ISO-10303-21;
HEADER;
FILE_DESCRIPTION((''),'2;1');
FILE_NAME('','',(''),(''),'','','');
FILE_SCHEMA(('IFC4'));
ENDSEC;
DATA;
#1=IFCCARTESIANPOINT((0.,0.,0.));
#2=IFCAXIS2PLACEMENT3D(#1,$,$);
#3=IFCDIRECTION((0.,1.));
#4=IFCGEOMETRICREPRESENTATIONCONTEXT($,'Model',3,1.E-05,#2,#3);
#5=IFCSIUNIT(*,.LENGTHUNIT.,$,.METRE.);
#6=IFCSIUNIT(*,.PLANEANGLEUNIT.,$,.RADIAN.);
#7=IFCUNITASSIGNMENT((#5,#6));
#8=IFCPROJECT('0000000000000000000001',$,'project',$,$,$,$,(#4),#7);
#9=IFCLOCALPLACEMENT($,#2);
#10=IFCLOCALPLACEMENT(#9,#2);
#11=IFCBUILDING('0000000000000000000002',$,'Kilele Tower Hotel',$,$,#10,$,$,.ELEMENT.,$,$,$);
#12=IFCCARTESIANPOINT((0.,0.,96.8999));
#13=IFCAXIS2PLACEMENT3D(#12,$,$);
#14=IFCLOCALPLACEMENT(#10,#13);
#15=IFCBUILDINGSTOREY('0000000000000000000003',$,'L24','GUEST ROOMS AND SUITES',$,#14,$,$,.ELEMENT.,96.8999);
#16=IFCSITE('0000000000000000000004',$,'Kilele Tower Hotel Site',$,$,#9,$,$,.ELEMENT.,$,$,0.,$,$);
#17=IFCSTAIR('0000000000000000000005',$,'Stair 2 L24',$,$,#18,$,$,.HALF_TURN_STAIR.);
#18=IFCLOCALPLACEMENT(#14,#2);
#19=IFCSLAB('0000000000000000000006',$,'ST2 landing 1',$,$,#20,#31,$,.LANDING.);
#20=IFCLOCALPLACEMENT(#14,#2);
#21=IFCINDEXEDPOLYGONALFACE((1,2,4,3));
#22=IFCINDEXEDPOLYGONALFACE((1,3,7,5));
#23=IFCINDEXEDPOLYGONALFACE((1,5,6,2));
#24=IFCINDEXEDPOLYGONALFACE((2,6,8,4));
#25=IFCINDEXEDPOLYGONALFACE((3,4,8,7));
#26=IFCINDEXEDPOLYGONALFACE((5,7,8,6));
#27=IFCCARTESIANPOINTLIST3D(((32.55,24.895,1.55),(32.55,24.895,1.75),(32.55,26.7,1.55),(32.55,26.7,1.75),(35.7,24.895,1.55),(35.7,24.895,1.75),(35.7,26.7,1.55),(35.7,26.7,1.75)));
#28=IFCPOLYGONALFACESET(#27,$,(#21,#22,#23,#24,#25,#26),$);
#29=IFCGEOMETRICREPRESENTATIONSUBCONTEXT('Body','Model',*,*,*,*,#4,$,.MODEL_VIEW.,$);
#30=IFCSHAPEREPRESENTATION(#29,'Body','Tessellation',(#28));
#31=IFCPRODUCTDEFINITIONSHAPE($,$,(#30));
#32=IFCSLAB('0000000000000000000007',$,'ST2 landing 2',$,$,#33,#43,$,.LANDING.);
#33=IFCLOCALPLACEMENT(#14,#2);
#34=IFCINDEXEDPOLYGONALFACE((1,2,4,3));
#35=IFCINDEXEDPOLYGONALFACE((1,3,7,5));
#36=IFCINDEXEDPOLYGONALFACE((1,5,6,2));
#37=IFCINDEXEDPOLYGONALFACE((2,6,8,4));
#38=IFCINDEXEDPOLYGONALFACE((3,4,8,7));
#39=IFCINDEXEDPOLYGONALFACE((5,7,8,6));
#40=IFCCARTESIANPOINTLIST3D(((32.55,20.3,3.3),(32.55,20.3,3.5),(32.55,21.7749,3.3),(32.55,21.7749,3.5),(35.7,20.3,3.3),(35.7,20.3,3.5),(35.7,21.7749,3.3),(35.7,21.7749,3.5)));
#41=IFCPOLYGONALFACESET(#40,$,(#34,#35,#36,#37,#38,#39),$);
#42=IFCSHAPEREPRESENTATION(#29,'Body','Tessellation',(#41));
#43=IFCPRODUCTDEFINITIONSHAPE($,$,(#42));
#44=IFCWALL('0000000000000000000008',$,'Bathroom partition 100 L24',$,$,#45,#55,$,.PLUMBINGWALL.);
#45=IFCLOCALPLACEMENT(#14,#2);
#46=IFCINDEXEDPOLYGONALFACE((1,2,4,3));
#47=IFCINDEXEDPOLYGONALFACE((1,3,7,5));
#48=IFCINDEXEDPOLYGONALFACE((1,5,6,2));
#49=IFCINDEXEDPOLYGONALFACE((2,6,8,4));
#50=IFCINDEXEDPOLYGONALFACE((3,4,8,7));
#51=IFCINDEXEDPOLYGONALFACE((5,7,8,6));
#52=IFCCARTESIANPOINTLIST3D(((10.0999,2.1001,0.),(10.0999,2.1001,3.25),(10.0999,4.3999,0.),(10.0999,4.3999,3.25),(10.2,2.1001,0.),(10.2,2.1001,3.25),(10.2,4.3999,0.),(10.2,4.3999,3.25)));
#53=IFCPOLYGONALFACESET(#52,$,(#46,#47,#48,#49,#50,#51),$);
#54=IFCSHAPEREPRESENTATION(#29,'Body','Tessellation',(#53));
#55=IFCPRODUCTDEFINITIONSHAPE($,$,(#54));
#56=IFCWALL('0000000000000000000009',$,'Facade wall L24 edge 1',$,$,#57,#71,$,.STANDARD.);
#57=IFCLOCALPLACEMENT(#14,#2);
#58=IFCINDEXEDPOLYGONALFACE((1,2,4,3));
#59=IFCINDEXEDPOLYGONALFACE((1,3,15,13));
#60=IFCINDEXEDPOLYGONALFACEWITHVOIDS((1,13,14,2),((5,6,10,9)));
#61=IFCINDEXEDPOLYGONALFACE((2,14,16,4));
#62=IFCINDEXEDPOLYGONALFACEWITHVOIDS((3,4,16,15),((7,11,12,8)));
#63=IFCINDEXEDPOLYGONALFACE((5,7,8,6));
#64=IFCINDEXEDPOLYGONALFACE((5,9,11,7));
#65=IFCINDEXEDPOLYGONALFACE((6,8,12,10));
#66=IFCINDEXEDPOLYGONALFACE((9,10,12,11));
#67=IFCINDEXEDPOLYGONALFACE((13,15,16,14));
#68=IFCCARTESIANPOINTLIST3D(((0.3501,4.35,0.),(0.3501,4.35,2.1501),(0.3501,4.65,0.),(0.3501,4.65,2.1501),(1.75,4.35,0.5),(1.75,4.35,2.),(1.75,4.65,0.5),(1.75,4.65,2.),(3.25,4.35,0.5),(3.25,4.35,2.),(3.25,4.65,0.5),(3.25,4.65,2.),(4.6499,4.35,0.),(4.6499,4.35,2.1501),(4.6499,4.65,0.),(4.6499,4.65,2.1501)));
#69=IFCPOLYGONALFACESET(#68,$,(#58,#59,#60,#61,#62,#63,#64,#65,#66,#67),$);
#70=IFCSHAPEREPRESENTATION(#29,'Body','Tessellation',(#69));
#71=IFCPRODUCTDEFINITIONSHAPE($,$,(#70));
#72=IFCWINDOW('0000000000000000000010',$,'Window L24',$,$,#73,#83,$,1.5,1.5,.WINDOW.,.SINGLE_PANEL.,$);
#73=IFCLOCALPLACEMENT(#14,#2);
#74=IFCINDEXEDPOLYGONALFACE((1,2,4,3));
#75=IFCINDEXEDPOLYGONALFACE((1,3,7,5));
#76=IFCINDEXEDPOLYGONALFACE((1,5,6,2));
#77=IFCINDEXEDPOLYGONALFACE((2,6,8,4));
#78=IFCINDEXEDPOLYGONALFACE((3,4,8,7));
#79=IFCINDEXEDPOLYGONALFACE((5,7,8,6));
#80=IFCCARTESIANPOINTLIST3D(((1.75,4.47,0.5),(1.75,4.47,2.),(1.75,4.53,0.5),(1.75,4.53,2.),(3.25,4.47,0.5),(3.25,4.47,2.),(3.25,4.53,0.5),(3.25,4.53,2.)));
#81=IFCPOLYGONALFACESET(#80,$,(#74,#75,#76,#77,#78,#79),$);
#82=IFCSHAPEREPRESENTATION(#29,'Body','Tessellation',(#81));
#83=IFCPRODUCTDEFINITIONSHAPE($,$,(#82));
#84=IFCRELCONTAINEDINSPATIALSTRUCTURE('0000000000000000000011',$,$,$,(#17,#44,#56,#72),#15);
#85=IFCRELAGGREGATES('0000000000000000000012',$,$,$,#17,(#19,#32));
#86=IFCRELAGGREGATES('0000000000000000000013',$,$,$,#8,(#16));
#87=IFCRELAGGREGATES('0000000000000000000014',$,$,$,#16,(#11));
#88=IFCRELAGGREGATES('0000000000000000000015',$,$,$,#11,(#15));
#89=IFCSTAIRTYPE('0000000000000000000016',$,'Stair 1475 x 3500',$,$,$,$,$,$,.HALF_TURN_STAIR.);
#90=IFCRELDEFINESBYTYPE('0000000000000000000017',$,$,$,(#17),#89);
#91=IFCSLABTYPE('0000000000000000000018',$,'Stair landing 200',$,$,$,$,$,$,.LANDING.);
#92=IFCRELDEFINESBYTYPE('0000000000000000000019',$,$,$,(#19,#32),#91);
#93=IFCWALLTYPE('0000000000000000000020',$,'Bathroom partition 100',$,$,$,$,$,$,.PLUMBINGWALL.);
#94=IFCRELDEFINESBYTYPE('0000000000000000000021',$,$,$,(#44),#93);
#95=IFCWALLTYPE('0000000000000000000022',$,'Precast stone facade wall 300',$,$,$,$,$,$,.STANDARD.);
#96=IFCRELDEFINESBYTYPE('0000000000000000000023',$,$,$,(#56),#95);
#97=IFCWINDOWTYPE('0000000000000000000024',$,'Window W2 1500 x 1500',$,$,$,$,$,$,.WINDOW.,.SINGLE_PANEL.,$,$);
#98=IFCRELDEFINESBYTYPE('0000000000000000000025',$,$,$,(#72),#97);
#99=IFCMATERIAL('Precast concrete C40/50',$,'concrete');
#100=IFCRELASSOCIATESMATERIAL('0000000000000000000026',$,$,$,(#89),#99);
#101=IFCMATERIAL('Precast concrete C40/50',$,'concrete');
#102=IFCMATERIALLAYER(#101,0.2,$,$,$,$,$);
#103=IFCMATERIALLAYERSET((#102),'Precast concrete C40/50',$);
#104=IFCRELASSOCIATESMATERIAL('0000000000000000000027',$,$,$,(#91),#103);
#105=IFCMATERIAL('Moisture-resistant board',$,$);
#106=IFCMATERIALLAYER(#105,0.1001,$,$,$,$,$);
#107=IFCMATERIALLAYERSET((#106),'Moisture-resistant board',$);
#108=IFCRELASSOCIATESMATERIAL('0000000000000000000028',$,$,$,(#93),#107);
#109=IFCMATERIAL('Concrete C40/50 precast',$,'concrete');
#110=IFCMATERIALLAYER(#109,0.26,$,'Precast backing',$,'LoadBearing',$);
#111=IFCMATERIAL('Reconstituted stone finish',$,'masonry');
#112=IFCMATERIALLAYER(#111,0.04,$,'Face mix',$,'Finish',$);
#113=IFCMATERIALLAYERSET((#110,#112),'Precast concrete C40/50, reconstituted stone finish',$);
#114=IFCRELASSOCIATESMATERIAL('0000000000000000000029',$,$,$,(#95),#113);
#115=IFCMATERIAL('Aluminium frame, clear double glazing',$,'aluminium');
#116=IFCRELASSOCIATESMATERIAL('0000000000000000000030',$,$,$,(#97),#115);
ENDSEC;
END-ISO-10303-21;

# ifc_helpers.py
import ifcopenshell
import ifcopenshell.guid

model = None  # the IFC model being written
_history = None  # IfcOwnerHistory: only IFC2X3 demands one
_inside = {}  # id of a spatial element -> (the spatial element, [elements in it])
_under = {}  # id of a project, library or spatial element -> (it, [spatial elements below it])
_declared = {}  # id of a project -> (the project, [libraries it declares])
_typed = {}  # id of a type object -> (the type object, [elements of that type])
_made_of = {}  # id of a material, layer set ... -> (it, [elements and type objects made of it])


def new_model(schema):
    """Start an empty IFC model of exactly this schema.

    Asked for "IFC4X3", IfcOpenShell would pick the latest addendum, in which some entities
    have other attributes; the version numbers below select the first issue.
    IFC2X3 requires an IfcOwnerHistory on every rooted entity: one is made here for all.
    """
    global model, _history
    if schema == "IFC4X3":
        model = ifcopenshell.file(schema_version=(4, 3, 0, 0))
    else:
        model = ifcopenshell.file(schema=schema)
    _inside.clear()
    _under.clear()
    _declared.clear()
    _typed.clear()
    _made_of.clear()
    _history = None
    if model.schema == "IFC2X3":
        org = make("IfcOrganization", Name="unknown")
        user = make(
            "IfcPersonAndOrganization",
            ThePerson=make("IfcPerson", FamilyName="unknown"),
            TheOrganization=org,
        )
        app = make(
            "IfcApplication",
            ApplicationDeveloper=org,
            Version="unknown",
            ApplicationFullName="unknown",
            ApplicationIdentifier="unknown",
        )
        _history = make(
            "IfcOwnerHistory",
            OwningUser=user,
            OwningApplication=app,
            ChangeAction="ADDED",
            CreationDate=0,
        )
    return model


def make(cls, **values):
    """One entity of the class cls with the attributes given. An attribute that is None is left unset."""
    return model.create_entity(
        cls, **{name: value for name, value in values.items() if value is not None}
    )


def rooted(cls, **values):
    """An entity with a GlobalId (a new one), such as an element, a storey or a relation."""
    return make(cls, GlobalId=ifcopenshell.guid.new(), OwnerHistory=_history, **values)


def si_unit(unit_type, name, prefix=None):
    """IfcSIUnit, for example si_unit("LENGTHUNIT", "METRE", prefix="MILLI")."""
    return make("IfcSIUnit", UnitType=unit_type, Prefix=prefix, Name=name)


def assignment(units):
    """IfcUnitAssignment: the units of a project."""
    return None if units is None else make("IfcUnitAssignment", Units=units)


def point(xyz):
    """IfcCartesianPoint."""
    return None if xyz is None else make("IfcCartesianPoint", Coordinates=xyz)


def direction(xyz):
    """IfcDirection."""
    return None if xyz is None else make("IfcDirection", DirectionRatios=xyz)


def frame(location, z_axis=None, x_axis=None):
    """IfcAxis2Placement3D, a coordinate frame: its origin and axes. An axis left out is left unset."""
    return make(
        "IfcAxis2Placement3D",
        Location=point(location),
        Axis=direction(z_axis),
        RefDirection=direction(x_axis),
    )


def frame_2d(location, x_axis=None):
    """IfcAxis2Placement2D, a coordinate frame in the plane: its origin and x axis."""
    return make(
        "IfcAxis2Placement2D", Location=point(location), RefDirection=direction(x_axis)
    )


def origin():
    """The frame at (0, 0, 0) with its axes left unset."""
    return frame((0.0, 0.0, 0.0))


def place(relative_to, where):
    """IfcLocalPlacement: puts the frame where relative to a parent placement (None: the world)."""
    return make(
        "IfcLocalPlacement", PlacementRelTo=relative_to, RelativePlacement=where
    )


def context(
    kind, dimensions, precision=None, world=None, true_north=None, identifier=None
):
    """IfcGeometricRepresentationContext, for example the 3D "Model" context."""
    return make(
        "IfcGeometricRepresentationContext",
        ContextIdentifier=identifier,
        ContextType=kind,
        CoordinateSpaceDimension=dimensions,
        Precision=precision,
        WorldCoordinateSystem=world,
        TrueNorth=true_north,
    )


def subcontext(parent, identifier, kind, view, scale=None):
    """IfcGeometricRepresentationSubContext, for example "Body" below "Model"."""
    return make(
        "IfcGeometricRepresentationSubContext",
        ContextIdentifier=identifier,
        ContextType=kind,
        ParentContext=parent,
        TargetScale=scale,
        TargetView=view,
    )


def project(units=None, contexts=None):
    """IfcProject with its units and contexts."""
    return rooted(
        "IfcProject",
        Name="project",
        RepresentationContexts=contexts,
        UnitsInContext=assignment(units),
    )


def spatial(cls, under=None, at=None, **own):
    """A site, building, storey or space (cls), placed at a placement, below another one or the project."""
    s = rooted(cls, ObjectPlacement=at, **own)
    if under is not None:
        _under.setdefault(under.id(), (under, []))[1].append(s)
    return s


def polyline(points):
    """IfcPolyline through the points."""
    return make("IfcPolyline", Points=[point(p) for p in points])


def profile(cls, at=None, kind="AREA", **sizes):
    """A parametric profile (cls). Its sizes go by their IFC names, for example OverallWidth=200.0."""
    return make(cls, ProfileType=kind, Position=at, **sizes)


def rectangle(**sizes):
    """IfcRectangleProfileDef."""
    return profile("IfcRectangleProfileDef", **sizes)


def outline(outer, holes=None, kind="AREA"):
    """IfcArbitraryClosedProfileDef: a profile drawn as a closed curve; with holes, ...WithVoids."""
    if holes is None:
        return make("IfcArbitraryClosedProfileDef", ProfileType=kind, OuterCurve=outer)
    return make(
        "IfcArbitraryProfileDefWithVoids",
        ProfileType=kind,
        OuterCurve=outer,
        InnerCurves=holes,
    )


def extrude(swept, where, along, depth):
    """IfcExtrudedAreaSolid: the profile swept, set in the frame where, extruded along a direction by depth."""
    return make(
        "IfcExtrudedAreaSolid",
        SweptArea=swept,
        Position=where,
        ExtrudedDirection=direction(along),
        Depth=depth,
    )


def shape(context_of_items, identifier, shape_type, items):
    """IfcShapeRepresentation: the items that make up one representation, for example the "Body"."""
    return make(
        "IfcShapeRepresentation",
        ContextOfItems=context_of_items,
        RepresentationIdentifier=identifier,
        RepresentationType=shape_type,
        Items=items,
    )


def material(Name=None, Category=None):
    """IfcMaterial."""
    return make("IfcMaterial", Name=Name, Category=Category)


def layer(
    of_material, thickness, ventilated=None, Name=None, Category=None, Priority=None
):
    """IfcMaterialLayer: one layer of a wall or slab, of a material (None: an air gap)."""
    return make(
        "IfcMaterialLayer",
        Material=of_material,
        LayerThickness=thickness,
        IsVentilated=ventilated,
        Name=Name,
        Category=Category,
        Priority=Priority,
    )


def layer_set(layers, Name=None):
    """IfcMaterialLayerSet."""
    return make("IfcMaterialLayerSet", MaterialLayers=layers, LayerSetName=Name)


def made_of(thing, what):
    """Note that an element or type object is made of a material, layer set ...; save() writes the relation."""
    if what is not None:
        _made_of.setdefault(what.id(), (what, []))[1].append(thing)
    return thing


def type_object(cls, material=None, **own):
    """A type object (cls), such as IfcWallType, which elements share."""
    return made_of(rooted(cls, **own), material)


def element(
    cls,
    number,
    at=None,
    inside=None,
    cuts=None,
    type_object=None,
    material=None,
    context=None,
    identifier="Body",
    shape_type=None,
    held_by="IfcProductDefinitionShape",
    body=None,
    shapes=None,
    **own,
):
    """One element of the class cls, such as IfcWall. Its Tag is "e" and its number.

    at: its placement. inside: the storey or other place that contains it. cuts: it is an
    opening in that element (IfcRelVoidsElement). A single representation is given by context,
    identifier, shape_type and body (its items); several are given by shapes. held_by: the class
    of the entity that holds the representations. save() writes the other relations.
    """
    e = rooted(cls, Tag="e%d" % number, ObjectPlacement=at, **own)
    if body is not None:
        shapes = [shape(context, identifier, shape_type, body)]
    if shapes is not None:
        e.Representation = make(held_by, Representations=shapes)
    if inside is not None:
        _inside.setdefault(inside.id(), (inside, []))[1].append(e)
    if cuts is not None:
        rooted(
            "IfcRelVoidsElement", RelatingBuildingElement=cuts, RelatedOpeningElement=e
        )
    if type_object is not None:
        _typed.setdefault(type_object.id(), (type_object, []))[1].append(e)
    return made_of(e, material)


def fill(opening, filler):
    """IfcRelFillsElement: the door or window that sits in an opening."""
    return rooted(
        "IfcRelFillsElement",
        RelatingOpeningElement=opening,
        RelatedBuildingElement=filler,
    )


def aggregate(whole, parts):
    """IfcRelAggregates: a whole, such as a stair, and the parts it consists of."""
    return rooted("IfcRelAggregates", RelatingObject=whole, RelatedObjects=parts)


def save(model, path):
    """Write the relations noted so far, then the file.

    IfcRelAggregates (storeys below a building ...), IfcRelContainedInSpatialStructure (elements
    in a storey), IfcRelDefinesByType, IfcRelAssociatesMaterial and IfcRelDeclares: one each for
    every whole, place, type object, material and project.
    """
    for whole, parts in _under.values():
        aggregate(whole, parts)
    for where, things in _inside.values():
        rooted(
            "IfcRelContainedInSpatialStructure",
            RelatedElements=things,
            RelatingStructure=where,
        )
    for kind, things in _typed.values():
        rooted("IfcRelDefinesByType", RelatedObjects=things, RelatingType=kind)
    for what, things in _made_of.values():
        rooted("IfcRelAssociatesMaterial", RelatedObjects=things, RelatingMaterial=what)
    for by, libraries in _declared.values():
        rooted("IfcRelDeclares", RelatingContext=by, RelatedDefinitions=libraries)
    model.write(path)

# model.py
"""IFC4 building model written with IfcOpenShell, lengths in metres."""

from ifc_helpers import new_model, si_unit, direction, frame, frame_2d, origin, place, context, subcontext, project, spatial, polyline, rectangle, outline, extrude, material, layer, layer_set, type_object, element, fill, aggregate, save


model = new_model("IFC4")

# Units and contexts
model_context = context("Model", 3, precision=1e-05, world=origin(), true_north=direction((0.0, 1.0)))
body_context = subcontext(model_context, "Body", "Model", "MODEL_VIEW")
ifc_project = project(units=[si_unit("LENGTHUNIT", "METRE"), si_unit("PLANEANGLEUNIT", "RADIAN")], contexts=[model_context])

# Site, building, storey
site_placement = place(None, origin())
site = spatial("IfcSite", under=ifc_project, at=site_placement, Name="Kilele Tower Hotel Site", CompositionType="ELEMENT", RefElevation=0.0)
building_placement = place(site_placement, origin())
building = spatial("IfcBuilding", under=site, at=building_placement, Name="Kilele Tower Hotel", CompositionType="ELEMENT")
storey_placement = place(building_placement, frame((0.0, 0.0, 96.8999)))
storey = spatial("IfcBuildingStorey", under=building, at=storey_placement, Name="L24", Description="GUEST ROOMS AND SUITES", CompositionType="ELEMENT", Elevation=96.8999)

# Stair, slabs
ifc_material_1 = material(Name="Precast concrete C40/50", Category="concrete")
stair_type = type_object("IfcStairType", Name="Stair 1475 x 3500", PredefinedType="HALF_TURN_STAIR", material=ifc_material_1)
ifc_material_2 = material(Name="Precast concrete C40/50", Category="concrete")
ifc_layer_1 = layer(ifc_material_2, 0.2)
ifc_layer_set_1 = layer_set([ifc_layer_1], Name="Precast concrete C40/50")
slab_type_1 = type_object("IfcSlabType", Name="Stair landing 200", PredefinedType="LANDING", material=ifc_layer_set_1)
stair_1_placement = place(storey_placement, origin())
stair_1 = element("IfcStair", 1, at=stair_1_placement, inside=storey, type_object=stair_type, Name="Stair 2 L24", PredefinedType="HALF_TURN_STAIR")
slab_1_placement = place(storey_placement, frame((0.0, 0.0, 1.55)))
slab_1 = element("IfcSlab", 2, at=slab_1_placement, type_object=slab_type_1, Name="ST2 landing 1", PredefinedType="LANDING", context=body_context, shape_type="SweptSolid", body=[
    extrude(outline(polyline([(32.55, 24.895), (35.7, 24.895), (35.7, 26.7), (32.55, 26.7), (32.55, 24.895)])), origin(), (0.0, 0.0, 1.0), 0.2),
])
slab_2_placement = place(storey_placement, frame((0.0, 0.0, 3.3)))
slab_2 = element("IfcSlab", 3, at=slab_2_placement, type_object=slab_type_1, Name="ST2 landing 2", PredefinedType="LANDING", context=body_context, shape_type="SweptSolid", body=[
    extrude(outline(polyline([(32.55, 20.3), (35.7, 20.3), (35.7, 21.7749), (32.55, 21.7749), (32.55, 20.3)])), origin(), (0.0, 0.0, 1.0), 0.2),
])
aggregate(stair_1, [slab_1, slab_2])

# Wall
ifc_material_3 = material(Name="Moisture-resistant board")
ifc_layer_2 = layer(ifc_material_3, 0.1001)
ifc_layer_set_2 = layer_set([ifc_layer_2], Name="Moisture-resistant board")
wall_type_1 = type_object("IfcWallType", Name="Bathroom partition 100", PredefinedType="PLUMBINGWALL", material=ifc_layer_set_2)
wall_1_placement = place(storey_placement, frame((10.1499, 4.3999, 0.0), z_axis=(0.0, 0.0, 1.0), x_axis=(0.0, -1.0, 0.0)))
element("IfcWall", 4, at=wall_1_placement, inside=storey, type_object=wall_type_1, Name="Bathroom partition 100 L24", PredefinedType="PLUMBINGWALL", context=body_context, shape_type="SweptSolid", body=[
    extrude(rectangle(XDim=2.2998, YDim=0.1001, at=frame_2d((1.1499, 0.0))), origin(), (0.0, 0.0, 1.0), 3.25),
])

# Wall, opening, window
ifc_material_4 = material(Name="Concrete C40/50 precast", Category="concrete")
ifc_layer_3 = layer(ifc_material_4, 0.26, Name="Precast backing", Category="LoadBearing")
ifc_material_5 = material(Name="Reconstituted stone finish", Category="masonry")
ifc_layer_4 = layer(ifc_material_5, 0.04, Name="Face mix", Category="Finish")
ifc_layer_set_3 = layer_set([ifc_layer_3, ifc_layer_4], Name="Precast concrete C40/50, reconstituted stone finish")
wall_type_2 = type_object("IfcWallType", Name="Precast stone facade wall 300", PredefinedType="STANDARD", material=ifc_layer_set_3)
wall_2_placement = place(storey_placement, frame((0.3501, 4.5, 0.0), z_axis=(0.0, 0.0, 1.0), x_axis=(1.0, 0.0, 0.0)))
wall_2 = element("IfcWall", 5, at=wall_2_placement, inside=storey, type_object=wall_type_2, Name="Facade wall L24 edge 1", PredefinedType="STANDARD", context=body_context, shape_type="SweptSolid", body=[
    extrude(rectangle(XDim=4.2998, YDim=0.3, at=frame_2d((2.1499, 0.0))), origin(), (0.0, 0.0, 1.0), 2.1501),
])
opening_1_placement = place(wall_2_placement, frame((1.3999, 0.0, 0.5)))
opening_1 = element("IfcOpeningElement", 6, at=opening_1_placement, cuts=wall_2, PredefinedType="OPENING", context=body_context, shape_type="SweptSolid", body=[
    extrude(rectangle(XDim=1.5, YDim=1.5, at=frame_2d((0.75, 0.75))), frame((0.0, 0.1599, 0.0), z_axis=(0.0, -1.0, 0.0), x_axis=(1.0, 0.0, 0.0)), (0.0, 0.0, 1.0), 0.3201),
])
ifc_material_6 = material(Name="Aluminium frame, clear double glazing", Category="aluminium")
window_type = type_object("IfcWindowType", Name="Window W2 1500 x 1500", PartitioningType="SINGLE_PANEL", PredefinedType="WINDOW", material=ifc_material_6)
window_1_placement = place(opening_1_placement, origin())
window_1 = element("IfcWindow", 7, at=window_1_placement, inside=storey, type_object=window_type, Name="Window L24", OverallHeight=1.5, OverallWidth=1.5, PartitioningType="SINGLE_PANEL", PredefinedType="WINDOW", context=body_context, shape_type="SweptSolid", body=[
    extrude(rectangle(XDim=1.5, YDim=1.5, at=frame_2d((0.75, 0.75))), frame((0.0, 0.03, 0.0), z_axis=(0.0, -1.0, 0.0), x_axis=(1.0, 0.0, 0.0)), (0.0, 0.0, 1.0), 0.0601),
])
fill(opening_1, window_1)

save(model, "model.ifc")
